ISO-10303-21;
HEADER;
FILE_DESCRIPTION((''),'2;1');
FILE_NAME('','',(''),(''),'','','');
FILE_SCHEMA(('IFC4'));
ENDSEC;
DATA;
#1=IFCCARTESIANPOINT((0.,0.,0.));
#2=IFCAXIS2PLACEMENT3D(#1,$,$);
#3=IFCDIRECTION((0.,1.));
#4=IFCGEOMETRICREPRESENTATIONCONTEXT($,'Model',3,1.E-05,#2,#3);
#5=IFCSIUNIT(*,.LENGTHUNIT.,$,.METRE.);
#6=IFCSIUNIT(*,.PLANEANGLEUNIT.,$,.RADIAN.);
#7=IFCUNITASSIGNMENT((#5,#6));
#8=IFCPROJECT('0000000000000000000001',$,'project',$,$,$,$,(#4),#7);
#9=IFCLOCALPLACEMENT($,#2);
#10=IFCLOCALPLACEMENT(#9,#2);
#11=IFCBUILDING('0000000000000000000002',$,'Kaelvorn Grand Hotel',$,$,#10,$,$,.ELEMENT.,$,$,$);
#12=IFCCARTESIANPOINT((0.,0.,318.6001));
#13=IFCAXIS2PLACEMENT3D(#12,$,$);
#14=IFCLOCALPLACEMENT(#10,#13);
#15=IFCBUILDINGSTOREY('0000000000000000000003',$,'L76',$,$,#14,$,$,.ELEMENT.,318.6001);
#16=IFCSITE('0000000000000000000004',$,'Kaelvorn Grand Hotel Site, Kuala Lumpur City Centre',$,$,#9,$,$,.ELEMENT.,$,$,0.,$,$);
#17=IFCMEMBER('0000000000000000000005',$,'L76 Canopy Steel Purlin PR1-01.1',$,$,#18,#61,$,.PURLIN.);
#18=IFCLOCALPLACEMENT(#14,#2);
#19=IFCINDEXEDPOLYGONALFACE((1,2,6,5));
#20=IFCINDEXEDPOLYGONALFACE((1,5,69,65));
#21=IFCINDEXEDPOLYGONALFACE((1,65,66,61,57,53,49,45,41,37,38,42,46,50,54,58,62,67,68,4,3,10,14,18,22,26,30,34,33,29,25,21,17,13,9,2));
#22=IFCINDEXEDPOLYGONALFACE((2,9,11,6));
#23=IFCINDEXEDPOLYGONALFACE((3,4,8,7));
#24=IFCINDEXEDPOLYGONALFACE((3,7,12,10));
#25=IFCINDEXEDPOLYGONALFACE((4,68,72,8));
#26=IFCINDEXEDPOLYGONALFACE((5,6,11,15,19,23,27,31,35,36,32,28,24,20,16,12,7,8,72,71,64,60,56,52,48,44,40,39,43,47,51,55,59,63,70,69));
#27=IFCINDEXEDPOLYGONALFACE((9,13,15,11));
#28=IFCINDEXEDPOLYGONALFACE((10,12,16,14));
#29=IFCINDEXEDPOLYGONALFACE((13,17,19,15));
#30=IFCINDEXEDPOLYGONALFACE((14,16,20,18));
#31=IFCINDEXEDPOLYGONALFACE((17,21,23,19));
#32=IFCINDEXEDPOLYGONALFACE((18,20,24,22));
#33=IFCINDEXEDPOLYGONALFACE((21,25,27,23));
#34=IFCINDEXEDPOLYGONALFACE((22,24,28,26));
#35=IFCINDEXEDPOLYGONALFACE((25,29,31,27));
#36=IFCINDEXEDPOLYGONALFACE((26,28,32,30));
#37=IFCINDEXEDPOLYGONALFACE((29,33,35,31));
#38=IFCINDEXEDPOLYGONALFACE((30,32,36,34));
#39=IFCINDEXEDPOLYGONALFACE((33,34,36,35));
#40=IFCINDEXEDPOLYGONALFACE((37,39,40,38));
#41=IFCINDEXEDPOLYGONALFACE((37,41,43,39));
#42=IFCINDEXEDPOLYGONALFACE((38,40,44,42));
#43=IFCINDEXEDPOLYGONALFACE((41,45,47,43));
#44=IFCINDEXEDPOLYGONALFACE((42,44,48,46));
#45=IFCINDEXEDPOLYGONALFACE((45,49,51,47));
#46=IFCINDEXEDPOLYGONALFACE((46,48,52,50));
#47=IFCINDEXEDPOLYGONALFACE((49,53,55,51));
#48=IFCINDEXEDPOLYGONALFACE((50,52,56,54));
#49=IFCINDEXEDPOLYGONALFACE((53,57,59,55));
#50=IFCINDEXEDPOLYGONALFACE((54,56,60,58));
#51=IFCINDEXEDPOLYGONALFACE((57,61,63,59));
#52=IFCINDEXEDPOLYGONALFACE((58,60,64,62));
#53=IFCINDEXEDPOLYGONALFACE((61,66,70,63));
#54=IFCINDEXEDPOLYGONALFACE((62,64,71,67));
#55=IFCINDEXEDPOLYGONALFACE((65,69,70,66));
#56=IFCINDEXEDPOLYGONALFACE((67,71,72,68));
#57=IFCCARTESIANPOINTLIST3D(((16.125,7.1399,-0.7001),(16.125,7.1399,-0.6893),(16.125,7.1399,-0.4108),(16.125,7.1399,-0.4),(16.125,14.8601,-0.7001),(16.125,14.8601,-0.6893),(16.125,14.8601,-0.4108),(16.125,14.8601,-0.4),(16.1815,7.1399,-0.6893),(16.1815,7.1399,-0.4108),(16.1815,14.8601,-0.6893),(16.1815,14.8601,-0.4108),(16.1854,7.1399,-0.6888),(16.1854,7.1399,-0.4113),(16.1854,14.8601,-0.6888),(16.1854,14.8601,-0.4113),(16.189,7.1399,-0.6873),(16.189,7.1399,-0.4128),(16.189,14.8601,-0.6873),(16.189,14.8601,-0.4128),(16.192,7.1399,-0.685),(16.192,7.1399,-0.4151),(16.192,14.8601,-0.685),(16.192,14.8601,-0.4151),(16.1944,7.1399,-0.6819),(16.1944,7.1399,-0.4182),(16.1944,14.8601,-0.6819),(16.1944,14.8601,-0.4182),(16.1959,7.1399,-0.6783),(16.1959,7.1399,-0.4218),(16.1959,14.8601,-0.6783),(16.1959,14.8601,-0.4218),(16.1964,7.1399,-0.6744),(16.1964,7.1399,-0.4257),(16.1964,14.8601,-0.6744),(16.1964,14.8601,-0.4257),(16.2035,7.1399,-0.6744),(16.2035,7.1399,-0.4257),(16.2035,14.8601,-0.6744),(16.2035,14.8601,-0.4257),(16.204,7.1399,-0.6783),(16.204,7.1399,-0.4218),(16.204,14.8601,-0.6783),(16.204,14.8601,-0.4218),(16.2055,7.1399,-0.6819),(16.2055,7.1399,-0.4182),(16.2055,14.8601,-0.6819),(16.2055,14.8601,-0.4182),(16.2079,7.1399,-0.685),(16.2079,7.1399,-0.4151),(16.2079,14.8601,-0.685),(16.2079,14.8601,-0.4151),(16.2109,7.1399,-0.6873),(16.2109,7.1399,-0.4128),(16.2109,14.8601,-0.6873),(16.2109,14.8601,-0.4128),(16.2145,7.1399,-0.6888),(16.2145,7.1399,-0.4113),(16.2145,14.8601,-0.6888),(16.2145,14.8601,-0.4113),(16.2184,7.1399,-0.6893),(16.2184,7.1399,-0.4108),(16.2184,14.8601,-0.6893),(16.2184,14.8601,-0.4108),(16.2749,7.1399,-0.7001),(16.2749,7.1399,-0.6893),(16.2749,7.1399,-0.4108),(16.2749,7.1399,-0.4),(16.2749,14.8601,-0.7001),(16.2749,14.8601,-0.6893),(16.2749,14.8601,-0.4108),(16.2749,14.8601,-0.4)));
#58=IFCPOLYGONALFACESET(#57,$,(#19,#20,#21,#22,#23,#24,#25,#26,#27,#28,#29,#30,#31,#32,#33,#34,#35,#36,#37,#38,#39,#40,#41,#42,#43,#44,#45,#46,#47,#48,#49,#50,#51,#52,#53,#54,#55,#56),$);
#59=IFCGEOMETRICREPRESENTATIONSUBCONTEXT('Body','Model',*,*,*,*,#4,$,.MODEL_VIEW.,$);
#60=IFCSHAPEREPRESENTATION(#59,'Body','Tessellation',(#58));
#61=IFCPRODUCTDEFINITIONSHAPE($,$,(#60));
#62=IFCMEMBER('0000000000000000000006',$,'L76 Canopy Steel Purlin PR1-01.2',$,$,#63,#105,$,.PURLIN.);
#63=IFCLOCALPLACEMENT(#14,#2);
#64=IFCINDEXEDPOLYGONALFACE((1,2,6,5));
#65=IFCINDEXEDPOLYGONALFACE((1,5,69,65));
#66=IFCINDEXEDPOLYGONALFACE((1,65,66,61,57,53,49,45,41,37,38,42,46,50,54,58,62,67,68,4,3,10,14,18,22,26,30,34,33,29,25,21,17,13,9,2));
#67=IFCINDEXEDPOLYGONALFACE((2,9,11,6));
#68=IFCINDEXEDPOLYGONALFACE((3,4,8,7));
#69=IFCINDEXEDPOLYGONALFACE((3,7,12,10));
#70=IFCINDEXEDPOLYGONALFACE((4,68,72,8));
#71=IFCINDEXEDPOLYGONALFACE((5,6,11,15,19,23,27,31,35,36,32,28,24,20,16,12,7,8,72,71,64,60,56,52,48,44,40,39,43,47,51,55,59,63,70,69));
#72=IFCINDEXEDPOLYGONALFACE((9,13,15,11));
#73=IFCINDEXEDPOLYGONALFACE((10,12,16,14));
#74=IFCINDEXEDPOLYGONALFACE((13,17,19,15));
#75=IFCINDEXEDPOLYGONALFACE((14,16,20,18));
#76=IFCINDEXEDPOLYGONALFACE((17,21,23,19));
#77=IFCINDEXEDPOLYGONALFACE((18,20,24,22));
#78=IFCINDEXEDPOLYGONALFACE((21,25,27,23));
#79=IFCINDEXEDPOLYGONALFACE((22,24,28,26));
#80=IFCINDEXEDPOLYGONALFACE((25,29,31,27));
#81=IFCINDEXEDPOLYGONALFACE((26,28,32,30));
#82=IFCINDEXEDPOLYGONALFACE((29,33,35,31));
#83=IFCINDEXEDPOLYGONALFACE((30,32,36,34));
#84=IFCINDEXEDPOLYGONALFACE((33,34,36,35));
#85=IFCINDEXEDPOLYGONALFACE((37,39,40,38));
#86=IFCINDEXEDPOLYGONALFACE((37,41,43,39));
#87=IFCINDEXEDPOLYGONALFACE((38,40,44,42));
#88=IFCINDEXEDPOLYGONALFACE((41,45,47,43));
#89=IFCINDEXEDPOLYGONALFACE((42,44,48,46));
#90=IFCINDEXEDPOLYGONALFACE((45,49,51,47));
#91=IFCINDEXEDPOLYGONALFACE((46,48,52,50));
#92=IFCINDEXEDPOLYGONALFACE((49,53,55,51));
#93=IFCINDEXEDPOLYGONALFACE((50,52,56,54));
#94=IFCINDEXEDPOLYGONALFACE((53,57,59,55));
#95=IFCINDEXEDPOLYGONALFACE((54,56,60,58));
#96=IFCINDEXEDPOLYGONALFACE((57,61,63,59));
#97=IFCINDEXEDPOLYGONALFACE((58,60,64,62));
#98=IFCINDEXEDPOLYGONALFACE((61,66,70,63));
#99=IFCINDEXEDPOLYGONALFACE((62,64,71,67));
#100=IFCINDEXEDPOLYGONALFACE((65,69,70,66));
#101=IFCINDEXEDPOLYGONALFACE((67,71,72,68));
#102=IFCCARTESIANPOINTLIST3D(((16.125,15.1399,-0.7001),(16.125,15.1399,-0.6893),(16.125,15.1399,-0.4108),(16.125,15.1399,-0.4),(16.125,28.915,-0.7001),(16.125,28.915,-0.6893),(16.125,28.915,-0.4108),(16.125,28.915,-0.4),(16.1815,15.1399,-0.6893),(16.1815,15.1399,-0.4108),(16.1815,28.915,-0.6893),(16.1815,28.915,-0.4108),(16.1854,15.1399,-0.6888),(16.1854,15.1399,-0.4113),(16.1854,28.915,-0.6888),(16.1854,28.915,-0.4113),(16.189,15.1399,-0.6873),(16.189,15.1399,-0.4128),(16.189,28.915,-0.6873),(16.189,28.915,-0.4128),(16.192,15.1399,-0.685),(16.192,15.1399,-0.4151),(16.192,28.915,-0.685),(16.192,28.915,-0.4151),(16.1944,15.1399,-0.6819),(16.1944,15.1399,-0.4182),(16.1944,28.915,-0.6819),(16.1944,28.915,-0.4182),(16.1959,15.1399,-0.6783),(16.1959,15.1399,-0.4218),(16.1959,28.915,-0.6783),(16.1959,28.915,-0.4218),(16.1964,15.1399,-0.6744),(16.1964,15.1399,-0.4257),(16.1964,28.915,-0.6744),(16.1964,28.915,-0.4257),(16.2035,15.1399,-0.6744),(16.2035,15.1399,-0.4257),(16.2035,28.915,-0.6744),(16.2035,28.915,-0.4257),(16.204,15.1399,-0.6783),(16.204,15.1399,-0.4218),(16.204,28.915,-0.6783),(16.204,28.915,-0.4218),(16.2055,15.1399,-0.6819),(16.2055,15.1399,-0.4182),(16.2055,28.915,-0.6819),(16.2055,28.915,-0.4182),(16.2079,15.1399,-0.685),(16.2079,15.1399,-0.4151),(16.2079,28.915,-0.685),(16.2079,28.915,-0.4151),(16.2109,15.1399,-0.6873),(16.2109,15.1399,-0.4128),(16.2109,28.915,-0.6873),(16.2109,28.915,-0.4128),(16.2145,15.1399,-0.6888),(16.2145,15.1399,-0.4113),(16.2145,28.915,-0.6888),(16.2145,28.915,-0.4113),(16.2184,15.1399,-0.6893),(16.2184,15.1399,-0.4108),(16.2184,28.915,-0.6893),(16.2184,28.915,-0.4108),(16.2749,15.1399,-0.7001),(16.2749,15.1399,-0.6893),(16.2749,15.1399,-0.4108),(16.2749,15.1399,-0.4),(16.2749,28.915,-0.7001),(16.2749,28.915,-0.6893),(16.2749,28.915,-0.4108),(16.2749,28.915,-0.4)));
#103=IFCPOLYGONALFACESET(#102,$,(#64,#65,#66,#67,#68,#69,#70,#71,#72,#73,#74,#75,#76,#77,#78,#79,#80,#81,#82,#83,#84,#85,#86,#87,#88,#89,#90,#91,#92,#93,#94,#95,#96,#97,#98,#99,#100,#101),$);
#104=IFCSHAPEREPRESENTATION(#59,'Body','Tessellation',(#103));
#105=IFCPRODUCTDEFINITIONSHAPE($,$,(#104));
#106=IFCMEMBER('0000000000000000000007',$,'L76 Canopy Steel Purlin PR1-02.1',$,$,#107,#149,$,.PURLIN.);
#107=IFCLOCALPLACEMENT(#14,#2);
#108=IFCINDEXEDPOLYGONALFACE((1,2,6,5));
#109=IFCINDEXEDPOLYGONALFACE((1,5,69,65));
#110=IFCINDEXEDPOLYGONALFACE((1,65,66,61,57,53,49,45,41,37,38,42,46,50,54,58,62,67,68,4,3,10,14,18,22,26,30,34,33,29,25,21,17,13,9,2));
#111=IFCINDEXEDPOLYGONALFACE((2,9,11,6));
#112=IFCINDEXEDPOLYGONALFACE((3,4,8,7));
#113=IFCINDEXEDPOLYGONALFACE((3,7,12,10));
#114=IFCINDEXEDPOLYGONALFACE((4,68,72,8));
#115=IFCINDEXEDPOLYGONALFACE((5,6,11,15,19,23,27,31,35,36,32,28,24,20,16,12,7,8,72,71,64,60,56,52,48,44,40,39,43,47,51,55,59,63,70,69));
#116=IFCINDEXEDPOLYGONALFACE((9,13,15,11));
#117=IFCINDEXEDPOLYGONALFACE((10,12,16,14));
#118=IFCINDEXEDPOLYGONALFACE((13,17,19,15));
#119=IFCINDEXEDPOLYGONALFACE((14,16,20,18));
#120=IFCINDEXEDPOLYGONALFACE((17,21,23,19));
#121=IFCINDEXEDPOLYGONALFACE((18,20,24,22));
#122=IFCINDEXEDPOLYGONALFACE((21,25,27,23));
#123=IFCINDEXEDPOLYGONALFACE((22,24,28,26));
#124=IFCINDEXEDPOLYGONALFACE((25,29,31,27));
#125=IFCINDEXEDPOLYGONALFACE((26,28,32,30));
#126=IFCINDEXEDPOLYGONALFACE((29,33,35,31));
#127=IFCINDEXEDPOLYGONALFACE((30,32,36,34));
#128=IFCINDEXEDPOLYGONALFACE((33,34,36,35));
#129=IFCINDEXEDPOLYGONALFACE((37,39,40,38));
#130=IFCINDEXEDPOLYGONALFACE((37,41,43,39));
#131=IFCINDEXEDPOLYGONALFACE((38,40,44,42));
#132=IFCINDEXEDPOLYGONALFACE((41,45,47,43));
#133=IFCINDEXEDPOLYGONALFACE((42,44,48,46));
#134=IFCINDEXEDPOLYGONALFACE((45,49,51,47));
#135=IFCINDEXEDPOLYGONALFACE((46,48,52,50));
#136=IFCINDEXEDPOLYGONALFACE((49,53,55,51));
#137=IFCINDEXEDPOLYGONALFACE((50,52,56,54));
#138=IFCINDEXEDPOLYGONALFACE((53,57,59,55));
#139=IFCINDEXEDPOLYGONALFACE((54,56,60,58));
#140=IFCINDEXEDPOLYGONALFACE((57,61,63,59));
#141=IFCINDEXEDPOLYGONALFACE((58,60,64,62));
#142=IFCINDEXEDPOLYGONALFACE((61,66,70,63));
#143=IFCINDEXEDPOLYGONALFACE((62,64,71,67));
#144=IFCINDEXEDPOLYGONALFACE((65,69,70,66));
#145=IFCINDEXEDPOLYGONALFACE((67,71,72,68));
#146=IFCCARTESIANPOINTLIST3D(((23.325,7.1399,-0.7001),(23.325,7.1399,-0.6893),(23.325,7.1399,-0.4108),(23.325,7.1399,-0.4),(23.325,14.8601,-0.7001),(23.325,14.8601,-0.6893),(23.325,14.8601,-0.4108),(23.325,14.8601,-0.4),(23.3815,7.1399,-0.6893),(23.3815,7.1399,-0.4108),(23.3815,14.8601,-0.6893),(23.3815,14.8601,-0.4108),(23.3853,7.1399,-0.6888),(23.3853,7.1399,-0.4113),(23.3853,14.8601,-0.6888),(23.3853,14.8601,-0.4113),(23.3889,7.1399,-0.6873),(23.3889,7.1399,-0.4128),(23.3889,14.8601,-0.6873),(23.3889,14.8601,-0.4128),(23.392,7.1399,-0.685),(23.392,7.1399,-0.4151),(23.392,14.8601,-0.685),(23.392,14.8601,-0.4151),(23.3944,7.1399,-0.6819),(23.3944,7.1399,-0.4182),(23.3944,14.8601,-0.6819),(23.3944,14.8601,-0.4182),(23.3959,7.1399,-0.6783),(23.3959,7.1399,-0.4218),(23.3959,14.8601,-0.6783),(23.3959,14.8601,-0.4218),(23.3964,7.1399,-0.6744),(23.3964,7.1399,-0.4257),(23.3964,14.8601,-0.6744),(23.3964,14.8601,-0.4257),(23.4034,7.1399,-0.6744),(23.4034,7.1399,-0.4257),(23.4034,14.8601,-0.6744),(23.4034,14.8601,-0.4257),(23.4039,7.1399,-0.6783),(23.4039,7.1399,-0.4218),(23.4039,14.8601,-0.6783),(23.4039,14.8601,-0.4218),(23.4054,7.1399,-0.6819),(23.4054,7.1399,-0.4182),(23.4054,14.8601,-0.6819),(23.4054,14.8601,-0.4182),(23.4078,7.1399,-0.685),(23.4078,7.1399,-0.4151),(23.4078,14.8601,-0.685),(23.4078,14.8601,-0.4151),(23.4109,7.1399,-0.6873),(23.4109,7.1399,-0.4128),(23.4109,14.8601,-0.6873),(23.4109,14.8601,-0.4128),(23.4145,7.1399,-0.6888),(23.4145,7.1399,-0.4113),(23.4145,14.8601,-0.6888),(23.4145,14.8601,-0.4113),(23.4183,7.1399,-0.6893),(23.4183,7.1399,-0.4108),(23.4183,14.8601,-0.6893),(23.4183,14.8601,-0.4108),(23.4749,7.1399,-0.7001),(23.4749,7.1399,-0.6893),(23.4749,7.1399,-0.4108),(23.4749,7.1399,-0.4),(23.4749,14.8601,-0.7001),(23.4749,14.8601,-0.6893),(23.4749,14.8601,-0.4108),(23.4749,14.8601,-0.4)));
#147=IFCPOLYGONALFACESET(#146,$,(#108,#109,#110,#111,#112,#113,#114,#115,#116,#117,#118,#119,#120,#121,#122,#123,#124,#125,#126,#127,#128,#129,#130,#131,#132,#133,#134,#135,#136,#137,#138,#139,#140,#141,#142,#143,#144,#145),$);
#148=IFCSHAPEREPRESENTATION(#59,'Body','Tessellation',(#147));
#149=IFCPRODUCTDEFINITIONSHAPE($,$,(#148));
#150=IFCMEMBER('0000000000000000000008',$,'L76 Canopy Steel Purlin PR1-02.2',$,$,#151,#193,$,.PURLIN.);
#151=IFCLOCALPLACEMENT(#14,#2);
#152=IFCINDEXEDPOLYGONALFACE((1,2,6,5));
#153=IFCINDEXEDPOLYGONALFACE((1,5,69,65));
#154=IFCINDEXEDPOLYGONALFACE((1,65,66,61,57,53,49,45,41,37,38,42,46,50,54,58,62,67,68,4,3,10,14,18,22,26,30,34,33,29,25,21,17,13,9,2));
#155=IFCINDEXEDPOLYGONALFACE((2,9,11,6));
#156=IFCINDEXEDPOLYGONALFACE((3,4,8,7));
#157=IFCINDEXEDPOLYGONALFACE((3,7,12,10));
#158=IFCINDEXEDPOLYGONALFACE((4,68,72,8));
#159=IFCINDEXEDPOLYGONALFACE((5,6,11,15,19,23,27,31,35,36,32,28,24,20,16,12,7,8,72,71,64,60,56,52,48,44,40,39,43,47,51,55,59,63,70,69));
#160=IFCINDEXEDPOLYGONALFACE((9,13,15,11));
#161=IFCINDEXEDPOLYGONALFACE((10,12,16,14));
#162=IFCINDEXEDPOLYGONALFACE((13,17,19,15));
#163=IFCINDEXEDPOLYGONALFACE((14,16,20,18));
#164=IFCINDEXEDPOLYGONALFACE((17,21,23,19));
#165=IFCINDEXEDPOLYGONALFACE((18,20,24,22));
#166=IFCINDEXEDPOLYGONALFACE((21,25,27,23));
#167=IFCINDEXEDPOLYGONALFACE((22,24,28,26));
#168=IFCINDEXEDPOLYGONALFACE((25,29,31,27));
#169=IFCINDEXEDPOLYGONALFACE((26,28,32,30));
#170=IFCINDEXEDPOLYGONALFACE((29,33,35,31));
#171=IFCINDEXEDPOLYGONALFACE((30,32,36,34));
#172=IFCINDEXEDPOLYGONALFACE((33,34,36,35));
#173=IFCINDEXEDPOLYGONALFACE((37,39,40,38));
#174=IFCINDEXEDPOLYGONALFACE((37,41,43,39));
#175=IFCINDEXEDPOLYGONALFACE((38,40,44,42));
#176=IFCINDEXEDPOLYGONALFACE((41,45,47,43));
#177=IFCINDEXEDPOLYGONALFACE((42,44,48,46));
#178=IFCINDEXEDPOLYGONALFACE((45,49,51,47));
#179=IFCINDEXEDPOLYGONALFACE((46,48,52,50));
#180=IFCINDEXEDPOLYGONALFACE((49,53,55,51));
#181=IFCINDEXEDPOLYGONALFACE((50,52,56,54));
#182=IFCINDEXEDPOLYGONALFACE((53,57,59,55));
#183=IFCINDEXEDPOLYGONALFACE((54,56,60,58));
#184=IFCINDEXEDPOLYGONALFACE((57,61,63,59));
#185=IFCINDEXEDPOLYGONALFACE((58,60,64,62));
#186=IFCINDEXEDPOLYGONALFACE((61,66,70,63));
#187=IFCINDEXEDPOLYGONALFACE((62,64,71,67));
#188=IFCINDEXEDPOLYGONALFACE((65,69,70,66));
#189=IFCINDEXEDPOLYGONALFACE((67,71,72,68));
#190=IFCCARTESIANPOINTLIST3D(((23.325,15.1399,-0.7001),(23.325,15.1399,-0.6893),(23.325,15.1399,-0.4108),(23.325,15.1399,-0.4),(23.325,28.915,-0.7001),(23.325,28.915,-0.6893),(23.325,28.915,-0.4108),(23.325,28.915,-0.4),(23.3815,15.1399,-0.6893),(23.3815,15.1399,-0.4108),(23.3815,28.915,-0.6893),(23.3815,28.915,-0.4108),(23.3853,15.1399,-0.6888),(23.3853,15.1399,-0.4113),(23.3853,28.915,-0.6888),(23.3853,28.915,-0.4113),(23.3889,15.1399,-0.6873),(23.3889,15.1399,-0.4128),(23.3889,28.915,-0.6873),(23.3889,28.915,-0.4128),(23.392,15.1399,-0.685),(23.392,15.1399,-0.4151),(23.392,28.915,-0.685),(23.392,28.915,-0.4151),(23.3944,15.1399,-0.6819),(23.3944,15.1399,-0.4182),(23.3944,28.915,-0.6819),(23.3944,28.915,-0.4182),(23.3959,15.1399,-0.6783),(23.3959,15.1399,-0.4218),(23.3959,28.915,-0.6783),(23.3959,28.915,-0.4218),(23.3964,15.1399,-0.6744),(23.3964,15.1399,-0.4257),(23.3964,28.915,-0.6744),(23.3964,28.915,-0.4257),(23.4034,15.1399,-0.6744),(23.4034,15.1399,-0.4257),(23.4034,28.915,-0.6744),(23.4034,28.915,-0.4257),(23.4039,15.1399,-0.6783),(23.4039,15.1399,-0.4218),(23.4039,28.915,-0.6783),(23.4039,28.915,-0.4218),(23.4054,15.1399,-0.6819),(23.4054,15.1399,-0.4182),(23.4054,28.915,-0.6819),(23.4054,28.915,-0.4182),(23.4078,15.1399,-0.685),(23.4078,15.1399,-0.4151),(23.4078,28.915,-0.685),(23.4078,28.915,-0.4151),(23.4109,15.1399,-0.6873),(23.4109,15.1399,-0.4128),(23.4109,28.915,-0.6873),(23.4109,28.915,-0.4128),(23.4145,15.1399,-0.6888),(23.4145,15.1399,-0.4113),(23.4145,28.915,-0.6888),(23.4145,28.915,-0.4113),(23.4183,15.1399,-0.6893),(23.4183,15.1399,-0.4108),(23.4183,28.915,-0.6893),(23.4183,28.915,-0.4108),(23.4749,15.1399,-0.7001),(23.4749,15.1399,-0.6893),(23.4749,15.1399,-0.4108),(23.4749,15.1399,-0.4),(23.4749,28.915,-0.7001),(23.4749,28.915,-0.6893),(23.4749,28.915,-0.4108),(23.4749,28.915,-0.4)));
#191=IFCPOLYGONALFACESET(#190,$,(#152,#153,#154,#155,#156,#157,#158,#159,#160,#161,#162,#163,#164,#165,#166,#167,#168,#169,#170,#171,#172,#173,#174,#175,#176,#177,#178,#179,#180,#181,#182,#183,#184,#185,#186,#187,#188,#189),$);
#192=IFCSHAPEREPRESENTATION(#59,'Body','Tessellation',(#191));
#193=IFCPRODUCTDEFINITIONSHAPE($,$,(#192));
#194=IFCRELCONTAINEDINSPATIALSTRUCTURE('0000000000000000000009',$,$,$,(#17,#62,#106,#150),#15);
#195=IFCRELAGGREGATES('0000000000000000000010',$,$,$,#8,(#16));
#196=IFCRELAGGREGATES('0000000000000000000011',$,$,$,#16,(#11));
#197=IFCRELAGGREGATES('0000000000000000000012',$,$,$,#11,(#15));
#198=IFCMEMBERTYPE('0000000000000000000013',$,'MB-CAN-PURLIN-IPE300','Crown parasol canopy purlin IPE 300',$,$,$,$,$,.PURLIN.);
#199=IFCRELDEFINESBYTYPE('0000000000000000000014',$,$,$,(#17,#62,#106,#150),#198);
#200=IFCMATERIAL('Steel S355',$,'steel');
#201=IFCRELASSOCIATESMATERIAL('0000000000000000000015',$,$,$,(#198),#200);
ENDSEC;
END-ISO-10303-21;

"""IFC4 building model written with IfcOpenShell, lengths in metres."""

from ifc_helpers import new_model, si_unit, direction, frame, origin, origin_2d, place, context, subcontext, project, spatial, i_section, extrude, material, material_profile, profile_set, type_object, element, save


model = new_model("IFC4")

# Units and contexts
model_context = context("Model", 3, precision=1e-05, world=origin(), true_north=direction((0.0, 1.0)))
body_context = subcontext(model_context, "Body", "Model", "MODEL_VIEW")
ifc_project = project(units=[si_unit("LENGTHUNIT", "METRE"), si_unit("PLANEANGLEUNIT", "RADIAN")], contexts=[model_context])

# Site, building, storey
site_placement = place(None, origin())
site = spatial("IfcSite", under=ifc_project, at=site_placement, Name="Kaelvorn Grand Hotel Site, Kuala Lumpur City Centre", CompositionType="ELEMENT", RefElevation=0.0)
building_placement = place(site_placement, origin())
building = spatial("IfcBuilding", under=site, at=building_placement, Name="Kaelvorn Grand Hotel", CompositionType="ELEMENT")
storey_placement = place(building_placement, frame((0.0, 0.0, 318.6001)))
storey = spatial("IfcBuildingStorey", under=building, at=storey_placement, Name="L76", CompositionType="ELEMENT", Elevation=318.6001)

# Shared definitions
ifc_material_1 = material(Name="Steel S355", Category="steel")

# Members
ifc_material_profile_1 = material_profile(ifc_material_1, i_section(OverallWidth=0.1499, OverallDepth=0.3, WebThickness=0.0071, FlangeThickness=0.0107, FilletRadius=0.0149, at=origin_2d()), Name="IPE 300")
ifc_profile_set_1 = profile_set([ifc_material_profile_1], Name="Steel S355")
member_type_1 = type_object("IfcMemberType", Name="MB-CAN-PURLIN-IPE300", Description="Crown parasol canopy purlin IPE 300", PredefinedType="PURLIN", material=ifc_profile_set_1)
member_1_placement = place(storey_placement, frame((16.2, 7.1399, -0.55), z_axis=(0.0, 1.0, 0.0), x_axis=(-1.0, 0.0, 0.0)))
element("IfcMember", 1, at=member_1_placement, inside=storey, type_object=member_type_1, Name="L76 Canopy Steel Purlin PR1-01.1", PredefinedType="PURLIN", context=body_context, shape_type="SweptSolid", body=[
    extrude(i_section(OverallWidth=0.1499, OverallDepth=0.3, WebThickness=0.0071, FlangeThickness=0.0107, FilletRadius=0.0149, at=origin_2d()), origin(), (0.0, 0.0, 1.0), 7.7202),
])
member_2_placement = place(storey_placement, frame((16.2, 15.1399, -0.55), z_axis=(0.0, 1.0, 0.0), x_axis=(-1.0, 0.0, 0.0)))
element("IfcMember", 2, at=member_2_placement, inside=storey, type_object=member_type_1, Name="L76 Canopy Steel Purlin PR1-01.2", PredefinedType="PURLIN", context=body_context, shape_type="SweptSolid", body=[
    extrude(i_section(OverallWidth=0.1499, OverallDepth=0.3, WebThickness=0.0071, FlangeThickness=0.0107, FilletRadius=0.0149, at=origin_2d()), origin(), (0.0, 0.0, 1.0), 13.7751),
])
member_3_placement = place(storey_placement, frame((23.3999, 7.1399, -0.55), z_axis=(0.0, 1.0, 0.0), x_axis=(-1.0, 0.0, 0.0)))
element("IfcMember", 3, at=member_3_placement, inside=storey, type_object=member_type_1, Name="L76 Canopy Steel Purlin PR1-02.1", PredefinedType="PURLIN", context=body_context, shape_type="SweptSolid", body=[
    extrude(i_section(OverallWidth=0.1499, OverallDepth=0.3, WebThickness=0.0071, FlangeThickness=0.0107, FilletRadius=0.0149, at=origin_2d()), origin(), (0.0, 0.0, 1.0), 7.7202),
])
member_4_placement = place(storey_placement, frame((23.3999, 15.1399, -0.55), z_axis=(0.0, 1.0, 0.0), x_axis=(-1.0, 0.0, 0.0)))
element("IfcMember", 4, at=member_4_placement, inside=storey, type_object=member_type_1, Name="L76 Canopy Steel Purlin PR1-02.2", PredefinedType="PURLIN", context=body_context, shape_type="SweptSolid", body=[
    extrude(i_section(OverallWidth=0.1499, OverallDepth=0.3, WebThickness=0.0071, FlangeThickness=0.0107, FilletRadius=0.0149, at=origin_2d()), origin(), (0.0, 0.0, 1.0), 13.7751),
])

save(model, "model.ifc")
